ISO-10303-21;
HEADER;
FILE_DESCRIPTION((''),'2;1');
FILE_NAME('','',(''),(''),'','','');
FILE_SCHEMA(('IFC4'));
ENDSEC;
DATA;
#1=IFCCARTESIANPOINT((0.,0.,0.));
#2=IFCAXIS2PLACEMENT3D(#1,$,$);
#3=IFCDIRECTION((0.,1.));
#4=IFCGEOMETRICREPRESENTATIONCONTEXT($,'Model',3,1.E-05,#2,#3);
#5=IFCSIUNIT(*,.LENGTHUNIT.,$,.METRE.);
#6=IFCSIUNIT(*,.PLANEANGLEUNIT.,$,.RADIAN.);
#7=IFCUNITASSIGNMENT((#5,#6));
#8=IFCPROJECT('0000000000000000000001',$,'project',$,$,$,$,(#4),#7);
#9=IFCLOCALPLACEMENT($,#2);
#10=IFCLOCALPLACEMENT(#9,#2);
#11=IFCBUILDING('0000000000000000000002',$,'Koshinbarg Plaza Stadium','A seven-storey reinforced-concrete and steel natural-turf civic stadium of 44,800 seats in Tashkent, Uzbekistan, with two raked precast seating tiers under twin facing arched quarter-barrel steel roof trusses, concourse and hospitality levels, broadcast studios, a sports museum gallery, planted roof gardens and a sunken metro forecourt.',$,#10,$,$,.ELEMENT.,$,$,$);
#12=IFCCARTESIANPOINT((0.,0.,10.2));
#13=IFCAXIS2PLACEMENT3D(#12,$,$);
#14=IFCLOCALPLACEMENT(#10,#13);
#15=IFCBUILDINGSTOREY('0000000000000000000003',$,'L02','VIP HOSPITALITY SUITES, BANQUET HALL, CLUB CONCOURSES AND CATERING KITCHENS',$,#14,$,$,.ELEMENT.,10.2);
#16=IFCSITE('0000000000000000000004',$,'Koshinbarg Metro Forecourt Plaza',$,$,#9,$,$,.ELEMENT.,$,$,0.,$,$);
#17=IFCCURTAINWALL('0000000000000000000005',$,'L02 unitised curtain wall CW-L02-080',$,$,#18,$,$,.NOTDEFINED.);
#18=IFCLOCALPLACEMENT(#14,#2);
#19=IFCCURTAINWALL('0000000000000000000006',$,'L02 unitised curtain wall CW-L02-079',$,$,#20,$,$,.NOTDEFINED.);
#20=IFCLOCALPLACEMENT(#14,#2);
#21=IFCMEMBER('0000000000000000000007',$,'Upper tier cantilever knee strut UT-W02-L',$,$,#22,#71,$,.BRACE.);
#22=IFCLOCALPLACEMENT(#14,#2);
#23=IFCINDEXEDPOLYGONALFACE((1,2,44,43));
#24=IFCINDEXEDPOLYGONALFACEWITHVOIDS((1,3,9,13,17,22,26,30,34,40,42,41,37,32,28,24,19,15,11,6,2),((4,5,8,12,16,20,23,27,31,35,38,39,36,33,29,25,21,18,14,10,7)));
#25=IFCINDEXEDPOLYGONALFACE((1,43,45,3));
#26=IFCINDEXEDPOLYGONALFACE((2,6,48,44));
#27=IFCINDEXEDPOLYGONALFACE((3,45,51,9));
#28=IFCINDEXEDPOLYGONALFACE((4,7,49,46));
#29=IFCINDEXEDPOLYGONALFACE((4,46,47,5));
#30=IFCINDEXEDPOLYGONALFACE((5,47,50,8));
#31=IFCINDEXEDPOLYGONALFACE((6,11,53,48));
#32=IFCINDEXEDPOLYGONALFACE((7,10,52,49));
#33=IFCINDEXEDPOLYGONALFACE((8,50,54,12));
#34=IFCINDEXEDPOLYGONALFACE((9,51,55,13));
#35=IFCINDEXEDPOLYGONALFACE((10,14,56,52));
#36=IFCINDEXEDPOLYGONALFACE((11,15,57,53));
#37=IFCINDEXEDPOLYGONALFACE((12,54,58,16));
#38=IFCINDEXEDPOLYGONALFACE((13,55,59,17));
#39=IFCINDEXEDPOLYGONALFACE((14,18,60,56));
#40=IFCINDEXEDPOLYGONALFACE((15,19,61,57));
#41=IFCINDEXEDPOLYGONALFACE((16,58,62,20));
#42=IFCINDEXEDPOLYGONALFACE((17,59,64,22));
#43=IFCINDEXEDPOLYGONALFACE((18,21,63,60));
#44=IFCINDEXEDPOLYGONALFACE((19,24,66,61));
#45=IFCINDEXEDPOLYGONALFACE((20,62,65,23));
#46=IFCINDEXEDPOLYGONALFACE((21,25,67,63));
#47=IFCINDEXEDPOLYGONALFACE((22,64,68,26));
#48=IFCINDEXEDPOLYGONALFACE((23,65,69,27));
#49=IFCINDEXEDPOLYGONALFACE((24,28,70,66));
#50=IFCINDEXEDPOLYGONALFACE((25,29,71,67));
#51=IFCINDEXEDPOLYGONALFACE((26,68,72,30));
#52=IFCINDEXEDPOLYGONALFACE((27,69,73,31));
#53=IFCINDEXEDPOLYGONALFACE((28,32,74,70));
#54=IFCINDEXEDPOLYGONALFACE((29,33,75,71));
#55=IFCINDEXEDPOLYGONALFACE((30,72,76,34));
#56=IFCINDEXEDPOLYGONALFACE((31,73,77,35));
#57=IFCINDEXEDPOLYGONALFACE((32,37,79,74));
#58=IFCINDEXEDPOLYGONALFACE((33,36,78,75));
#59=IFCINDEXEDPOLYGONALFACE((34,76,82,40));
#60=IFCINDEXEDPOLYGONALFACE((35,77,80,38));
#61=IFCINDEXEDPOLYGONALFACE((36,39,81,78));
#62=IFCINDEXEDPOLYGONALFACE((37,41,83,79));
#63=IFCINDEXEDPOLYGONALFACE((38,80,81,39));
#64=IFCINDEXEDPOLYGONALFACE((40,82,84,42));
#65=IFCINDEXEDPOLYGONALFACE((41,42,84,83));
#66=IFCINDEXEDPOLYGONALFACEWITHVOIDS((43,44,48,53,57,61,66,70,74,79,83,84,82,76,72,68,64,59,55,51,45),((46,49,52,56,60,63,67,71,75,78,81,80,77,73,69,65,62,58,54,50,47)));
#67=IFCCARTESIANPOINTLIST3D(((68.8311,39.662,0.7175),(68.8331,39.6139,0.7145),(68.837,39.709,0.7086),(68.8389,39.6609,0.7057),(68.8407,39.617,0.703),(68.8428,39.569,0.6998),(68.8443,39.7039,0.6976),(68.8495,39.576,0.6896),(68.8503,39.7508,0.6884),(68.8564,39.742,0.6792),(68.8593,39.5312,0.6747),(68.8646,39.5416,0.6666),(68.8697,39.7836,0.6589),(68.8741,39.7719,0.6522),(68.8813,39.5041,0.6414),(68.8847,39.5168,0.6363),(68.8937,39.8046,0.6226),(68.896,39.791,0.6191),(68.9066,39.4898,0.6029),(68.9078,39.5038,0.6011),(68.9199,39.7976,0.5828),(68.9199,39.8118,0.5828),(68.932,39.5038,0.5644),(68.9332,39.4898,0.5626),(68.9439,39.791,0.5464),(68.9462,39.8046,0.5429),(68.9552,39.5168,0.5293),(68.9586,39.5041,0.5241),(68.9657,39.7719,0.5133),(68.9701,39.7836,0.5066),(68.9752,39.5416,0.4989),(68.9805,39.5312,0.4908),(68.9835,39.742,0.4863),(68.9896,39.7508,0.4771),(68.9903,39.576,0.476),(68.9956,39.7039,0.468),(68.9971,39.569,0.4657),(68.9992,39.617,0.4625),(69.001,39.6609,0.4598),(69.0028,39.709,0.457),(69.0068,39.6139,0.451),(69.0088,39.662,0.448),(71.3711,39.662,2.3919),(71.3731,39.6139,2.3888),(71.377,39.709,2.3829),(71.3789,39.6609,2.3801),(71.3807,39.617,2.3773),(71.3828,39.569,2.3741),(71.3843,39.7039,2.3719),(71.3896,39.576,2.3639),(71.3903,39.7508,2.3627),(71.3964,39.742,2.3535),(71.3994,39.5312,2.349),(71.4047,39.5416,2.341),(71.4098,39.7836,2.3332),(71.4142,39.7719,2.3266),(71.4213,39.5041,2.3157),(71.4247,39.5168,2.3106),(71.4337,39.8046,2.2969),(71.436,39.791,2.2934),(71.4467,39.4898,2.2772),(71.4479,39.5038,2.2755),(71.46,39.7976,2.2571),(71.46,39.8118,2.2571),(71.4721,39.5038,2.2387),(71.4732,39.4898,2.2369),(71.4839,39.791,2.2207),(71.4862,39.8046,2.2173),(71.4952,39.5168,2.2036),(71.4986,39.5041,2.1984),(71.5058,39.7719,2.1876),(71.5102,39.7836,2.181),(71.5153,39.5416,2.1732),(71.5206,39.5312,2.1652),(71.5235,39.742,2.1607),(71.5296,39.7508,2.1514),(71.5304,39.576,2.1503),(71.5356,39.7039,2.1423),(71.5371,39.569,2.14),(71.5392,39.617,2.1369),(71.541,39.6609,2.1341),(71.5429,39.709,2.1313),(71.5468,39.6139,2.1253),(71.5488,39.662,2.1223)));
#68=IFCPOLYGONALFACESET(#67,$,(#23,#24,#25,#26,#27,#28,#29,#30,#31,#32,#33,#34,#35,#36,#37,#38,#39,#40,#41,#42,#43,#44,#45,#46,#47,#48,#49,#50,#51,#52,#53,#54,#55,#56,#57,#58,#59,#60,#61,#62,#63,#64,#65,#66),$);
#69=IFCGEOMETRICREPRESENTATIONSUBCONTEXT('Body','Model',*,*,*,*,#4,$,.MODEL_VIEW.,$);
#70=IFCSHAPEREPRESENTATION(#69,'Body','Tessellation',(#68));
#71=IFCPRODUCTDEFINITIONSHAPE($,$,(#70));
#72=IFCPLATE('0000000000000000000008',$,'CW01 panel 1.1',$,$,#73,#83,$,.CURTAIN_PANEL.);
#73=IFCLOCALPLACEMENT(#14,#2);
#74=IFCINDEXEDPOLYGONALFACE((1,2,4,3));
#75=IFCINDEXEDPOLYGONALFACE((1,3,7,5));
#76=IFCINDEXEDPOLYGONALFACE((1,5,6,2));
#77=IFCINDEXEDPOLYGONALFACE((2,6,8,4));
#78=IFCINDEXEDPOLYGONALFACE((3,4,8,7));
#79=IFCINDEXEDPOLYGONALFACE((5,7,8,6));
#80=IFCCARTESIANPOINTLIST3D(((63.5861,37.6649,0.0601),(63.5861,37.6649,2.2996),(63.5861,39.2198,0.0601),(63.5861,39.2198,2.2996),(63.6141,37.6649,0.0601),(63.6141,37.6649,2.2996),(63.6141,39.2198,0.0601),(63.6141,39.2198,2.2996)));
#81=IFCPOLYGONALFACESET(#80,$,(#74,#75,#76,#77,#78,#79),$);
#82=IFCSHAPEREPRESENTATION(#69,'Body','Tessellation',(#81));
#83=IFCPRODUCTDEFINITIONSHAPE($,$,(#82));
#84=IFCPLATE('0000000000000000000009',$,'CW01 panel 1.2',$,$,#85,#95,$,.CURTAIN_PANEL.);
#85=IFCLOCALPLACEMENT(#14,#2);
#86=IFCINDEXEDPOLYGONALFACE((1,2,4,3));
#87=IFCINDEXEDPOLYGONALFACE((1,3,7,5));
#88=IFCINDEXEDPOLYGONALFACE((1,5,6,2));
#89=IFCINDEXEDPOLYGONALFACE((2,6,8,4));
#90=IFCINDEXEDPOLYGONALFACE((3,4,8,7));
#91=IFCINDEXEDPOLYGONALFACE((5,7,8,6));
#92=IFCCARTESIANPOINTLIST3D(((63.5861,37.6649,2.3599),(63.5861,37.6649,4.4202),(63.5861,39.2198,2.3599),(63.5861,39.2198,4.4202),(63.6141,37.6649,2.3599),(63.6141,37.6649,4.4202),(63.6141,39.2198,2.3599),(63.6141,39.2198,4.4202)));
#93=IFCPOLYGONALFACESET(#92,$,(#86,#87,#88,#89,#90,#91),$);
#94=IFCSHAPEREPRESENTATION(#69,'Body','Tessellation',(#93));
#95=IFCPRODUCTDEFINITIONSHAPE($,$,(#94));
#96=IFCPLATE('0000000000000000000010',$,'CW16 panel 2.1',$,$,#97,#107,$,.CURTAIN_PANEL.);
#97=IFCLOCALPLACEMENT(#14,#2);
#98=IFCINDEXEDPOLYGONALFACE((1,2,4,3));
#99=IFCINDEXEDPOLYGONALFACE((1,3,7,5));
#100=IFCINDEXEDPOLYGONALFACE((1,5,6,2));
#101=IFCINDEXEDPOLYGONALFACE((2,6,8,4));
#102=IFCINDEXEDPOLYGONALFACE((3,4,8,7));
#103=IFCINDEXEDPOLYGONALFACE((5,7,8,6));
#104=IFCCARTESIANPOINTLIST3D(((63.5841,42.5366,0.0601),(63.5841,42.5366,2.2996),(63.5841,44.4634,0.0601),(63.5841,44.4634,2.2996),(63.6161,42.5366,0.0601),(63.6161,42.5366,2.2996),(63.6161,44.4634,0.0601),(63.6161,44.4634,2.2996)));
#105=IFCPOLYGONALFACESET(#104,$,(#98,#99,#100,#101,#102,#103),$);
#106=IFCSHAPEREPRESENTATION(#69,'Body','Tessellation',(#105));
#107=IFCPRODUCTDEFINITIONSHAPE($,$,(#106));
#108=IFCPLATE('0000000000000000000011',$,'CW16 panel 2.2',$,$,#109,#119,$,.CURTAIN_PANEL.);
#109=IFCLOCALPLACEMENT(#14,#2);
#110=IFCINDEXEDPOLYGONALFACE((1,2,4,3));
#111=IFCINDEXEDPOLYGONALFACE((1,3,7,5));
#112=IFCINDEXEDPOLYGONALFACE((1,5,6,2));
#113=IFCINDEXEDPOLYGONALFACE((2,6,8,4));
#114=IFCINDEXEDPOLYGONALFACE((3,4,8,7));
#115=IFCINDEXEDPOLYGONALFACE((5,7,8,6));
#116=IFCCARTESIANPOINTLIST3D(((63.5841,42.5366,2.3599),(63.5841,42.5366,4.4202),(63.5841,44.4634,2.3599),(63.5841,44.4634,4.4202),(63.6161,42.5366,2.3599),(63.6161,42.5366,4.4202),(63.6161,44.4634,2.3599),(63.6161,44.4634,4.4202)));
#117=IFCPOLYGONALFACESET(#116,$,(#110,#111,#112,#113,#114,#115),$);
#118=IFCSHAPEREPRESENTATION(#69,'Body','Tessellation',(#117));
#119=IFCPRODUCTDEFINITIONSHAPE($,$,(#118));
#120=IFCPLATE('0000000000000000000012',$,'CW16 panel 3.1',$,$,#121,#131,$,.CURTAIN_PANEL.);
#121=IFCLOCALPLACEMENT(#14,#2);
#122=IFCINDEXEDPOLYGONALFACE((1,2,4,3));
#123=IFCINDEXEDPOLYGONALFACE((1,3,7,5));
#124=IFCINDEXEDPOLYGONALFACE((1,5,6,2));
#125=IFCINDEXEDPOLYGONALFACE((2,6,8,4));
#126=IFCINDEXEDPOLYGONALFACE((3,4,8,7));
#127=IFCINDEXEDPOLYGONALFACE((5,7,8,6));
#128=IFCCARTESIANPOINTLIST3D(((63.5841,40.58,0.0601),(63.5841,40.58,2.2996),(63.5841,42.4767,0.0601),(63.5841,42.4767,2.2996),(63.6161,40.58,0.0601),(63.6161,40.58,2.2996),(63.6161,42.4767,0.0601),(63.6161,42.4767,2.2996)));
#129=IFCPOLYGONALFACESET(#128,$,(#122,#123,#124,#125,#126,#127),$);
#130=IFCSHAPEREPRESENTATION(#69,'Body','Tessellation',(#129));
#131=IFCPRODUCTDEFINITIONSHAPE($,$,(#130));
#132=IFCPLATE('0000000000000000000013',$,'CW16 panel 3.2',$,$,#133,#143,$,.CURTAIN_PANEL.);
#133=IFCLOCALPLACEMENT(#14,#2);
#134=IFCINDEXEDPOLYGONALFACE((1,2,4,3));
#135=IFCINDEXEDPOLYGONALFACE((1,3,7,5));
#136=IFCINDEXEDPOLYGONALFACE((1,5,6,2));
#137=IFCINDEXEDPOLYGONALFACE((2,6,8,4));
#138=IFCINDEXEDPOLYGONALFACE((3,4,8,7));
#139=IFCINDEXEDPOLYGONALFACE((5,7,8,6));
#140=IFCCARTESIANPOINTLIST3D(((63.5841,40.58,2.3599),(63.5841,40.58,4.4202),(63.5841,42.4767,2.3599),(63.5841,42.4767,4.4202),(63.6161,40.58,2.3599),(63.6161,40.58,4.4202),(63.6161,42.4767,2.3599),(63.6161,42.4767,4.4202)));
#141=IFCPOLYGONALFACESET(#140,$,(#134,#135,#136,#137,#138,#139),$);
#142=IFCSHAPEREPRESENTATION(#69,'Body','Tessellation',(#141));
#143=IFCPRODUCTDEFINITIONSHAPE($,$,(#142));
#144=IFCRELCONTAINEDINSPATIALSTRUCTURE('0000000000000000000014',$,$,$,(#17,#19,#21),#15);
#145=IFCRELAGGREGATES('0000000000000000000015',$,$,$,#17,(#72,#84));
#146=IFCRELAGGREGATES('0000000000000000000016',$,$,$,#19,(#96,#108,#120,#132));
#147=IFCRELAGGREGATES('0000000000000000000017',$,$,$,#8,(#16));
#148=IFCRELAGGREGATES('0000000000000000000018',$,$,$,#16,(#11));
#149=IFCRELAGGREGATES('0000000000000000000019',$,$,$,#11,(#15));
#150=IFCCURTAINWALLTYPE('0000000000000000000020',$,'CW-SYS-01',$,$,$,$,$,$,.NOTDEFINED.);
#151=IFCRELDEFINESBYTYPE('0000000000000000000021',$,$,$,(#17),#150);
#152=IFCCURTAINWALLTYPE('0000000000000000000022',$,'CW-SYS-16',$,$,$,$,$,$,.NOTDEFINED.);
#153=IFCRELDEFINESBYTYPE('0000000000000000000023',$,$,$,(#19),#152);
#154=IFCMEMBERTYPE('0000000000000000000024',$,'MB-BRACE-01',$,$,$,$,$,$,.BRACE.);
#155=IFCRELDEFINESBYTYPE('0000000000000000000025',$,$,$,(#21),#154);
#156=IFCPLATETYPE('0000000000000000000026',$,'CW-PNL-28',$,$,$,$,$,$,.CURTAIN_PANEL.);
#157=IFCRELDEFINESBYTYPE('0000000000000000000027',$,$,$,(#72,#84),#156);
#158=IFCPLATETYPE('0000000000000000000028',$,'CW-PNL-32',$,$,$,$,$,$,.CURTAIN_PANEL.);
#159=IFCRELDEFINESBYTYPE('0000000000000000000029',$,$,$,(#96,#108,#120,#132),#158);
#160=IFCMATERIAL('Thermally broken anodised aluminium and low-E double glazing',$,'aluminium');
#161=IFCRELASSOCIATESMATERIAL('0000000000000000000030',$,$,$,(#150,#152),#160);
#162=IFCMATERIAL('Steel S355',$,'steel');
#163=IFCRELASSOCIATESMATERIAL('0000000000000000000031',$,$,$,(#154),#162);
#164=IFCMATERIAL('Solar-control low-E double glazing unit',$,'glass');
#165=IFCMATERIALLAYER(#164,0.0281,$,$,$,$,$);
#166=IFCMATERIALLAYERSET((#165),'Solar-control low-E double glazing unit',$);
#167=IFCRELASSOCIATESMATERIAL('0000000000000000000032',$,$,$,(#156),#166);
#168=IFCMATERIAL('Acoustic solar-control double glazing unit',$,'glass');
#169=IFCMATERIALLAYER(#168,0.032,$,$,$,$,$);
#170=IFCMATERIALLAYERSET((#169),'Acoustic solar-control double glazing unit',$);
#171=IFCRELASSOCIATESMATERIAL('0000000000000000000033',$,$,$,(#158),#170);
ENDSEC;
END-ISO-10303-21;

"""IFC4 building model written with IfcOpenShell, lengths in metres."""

from ifc_helpers import new_model, si_unit, direction, frame, origin, origin_2d, place, context, subcontext, project, spatial, rectangle, hollow_circle, extrude, material, layer, layer_set, material_profile, profile_set, type_object, element, aggregate, save


model = new_model("IFC4")

# Units and contexts
model_context = context("Model", 3, precision=1e-05, world=origin(), true_north=direction((0.0, 1.0)))
body_context = subcontext(model_context, "Body", "Model", "MODEL_VIEW")
ifc_project = project(units=[si_unit("LENGTHUNIT", "METRE"), si_unit("PLANEANGLEUNIT", "RADIAN")], contexts=[model_context])

# Site, building, storey
site_placement = place(None, origin())
site = spatial("IfcSite", under=ifc_project, at=site_placement, Name="Koshinbarg Metro Forecourt Plaza", CompositionType="ELEMENT", RefElevation=0.0)
building_placement = place(site_placement, origin())
building = spatial("IfcBuilding", under=site, at=building_placement, Name="Koshinbarg Plaza Stadium", Description="A seven-storey reinforced-concrete and steel natural-turf civic stadium of 44,800 seats in Tashkent, Uzbekistan, with two raked precast seating tiers under twin facing arched quarter-barrel steel roof trusses, concourse and hospitality levels, broadcast studios, a sports museum gallery, planted roof gardens and a sunken metro forecourt.", CompositionType="ELEMENT")
storey_placement = place(building_placement, frame((0.0, 0.0, 10.2)))
storey = spatial("IfcBuildingStorey", under=building, at=storey_placement, Name="L02", Description="VIP HOSPITALITY SUITES, BANQUET HALL, CLUB CONCOURSES AND CATERING KITCHENS", CompositionType="ELEMENT", Elevation=10.2)

# Curtain walls
ifc_material_1 = material(Name="Thermally broken anodised aluminium and low-E double glazing", Category="aluminium")
curtain_wall_type_1 = type_object("IfcCurtainWallType", Name="CW-SYS-01", PredefinedType="NOTDEFINED", material=ifc_material_1)
curtain_wall_1_placement = place(storey_placement, origin())
curtain_wall_1 = element("IfcCurtainWall", 1, at=curtain_wall_1_placement, inside=storey, type_object=curtain_wall_type_1, Name="L02 unitised curtain wall CW-L02-080", PredefinedType="NOTDEFINED")
curtain_wall_type_2 = type_object("IfcCurtainWallType", Name="CW-SYS-16", PredefinedType="NOTDEFINED", material=ifc_material_1)
curtain_wall_2_placement = place(storey_placement, origin())
curtain_wall_2 = element("IfcCurtainWall", 2, at=curtain_wall_2_placement, inside=storey, type_object=curtain_wall_type_2, Name="L02 unitised curtain wall CW-L02-079", PredefinedType="NOTDEFINED")

# Member
ifc_material_2 = material(Name="Steel S355", Category="steel")
ifc_material_profile_1 = material_profile(ifc_material_2, hollow_circle(Radius=0.1619, WallThickness=0.0142, at=origin_2d()), Name="CHS 323.9x14.2")
ifc_profile_set_1 = profile_set([ifc_material_profile_1], Name="Steel S355")
member_type_1 = type_object("IfcMemberType", Name="MB-BRACE-01", PredefinedType="BRACE", material=ifc_profile_set_1)
member_1_placement = place(storey_placement, frame((68.9199, 39.6499, 0.5828), z_axis=(0.834928, 0.0, 0.550359), x_axis=(0.0, 1.0, 0.0)))
element("IfcMember", 3, at=member_1_placement, inside=storey, type_object=member_type_1, Name="Upper tier cantilever knee strut UT-W02-L", PredefinedType="BRACE", context=body_context, shape_type="SweptSolid", body=[
    extrude(hollow_circle(Radius=0.1619, WallThickness=0.0142, at=origin_2d()), origin(), (0.0, 0.0, 1.0), 3.0422),
])

# Plates
ifc_material_3 = material(Name="Solar-control low-E double glazing unit", Category="glass")
ifc_layer_1 = layer(ifc_material_3, 0.0281)
ifc_layer_set_1 = layer_set([ifc_layer_1], Name="Solar-control low-E double glazing unit")
plate_type_1 = type_object("IfcPlateType", Name="CW-PNL-28", PredefinedType="CURTAIN_PANEL", material=ifc_layer_set_1)
plate_1_placement = place(storey_placement, frame((63.6001, 38.4424, 0.0601), z_axis=(0.0, 0.0, 1.0), x_axis=(0.0, -1.0, 0.0)))
plate_1 = element("IfcPlate", 4, at=plate_1_placement, type_object=plate_type_1, Name="CW01 panel 1.1", PredefinedType="CURTAIN_PANEL", context=body_context, shape_type="SweptSolid", body=[
    extrude(rectangle(XDim=1.5549, YDim=0.0281, at=origin_2d()), origin(), (0.0, 0.0, 1.0), 2.2395),
])
plate_2_placement = place(storey_placement, frame((63.6001, 38.4424, 2.3599), z_axis=(0.0, 0.0, 1.0), x_axis=(0.0, -1.0, 0.0)))
plate_2 = element("IfcPlate", 5, at=plate_2_placement, type_object=plate_type_1, Name="CW01 panel 1.2", PredefinedType="CURTAIN_PANEL", context=body_context, shape_type="SweptSolid", body=[
    extrude(rectangle(XDim=1.5549, YDim=0.0281, at=origin_2d()), origin(), (0.0, 0.0, 1.0), 2.0603),
])
aggregate(curtain_wall_1, [plate_1, plate_2])
ifc_material_4 = material(Name="Acoustic solar-control double glazing unit", Category="glass")
ifc_layer_2 = layer(ifc_material_4, 0.032)
ifc_layer_set_2 = layer_set([ifc_layer_2], Name="Acoustic solar-control double glazing unit")
plate_type_2 = type_object("IfcPlateType", Name="CW-PNL-32", PredefinedType="CURTAIN_PANEL", material=ifc_layer_set_2)
plate_3_placement = place(storey_placement, frame((63.6001, 43.5, 0.0601), z_axis=(0.0, 0.0, 1.0), x_axis=(0.0, -1.0, 0.0)))
plate_3 = element("IfcPlate", 6, at=plate_3_placement, type_object=plate_type_2, Name="CW16 panel 2.1", PredefinedType="CURTAIN_PANEL", context=body_context, shape_type="SweptSolid", body=[
    extrude(rectangle(XDim=1.9268, YDim=0.032, at=origin_2d()), origin(), (0.0, 0.0, 1.0), 2.2395),
])
plate_4_placement = place(storey_placement, frame((63.6001, 43.5, 2.3599), z_axis=(0.0, 0.0, 1.0), x_axis=(0.0, -1.0, 0.0)))
plate_4 = element("IfcPlate", 7, at=plate_4_placement, type_object=plate_type_2, Name="CW16 panel 2.2", PredefinedType="CURTAIN_PANEL", context=body_context, shape_type="SweptSolid", body=[
    extrude(rectangle(XDim=1.9268, YDim=0.032, at=origin_2d()), origin(), (0.0, 0.0, 1.0), 2.0603),
])
plate_5_placement = place(storey_placement, frame((63.6001, 41.5283, 0.0601), z_axis=(0.0, 0.0, 1.0), x_axis=(0.0, -1.0, 0.0)))
plate_5 = element("IfcPlate", 8, at=plate_5_placement, type_object=plate_type_2, Name="CW16 panel 3.1", PredefinedType="CURTAIN_PANEL", context=body_context, shape_type="SweptSolid", body=[
    extrude(rectangle(XDim=1.8967, YDim=0.032, at=origin_2d()), origin(), (0.0, 0.0, 1.0), 2.2395),
])
plate_6_placement = place(storey_placement, frame((63.6001, 41.5283, 2.3599), z_axis=(0.0, 0.0, 1.0), x_axis=(0.0, -1.0, 0.0)))
plate_6 = element("IfcPlate", 9, at=plate_6_placement, type_object=plate_type_2, Name="CW16 panel 3.2", PredefinedType="CURTAIN_PANEL", context=body_context, shape_type="SweptSolid", body=[
    extrude(rectangle(XDim=1.8967, YDim=0.032, at=origin_2d()), origin(), (0.0, 0.0, 1.0), 2.0603),
])
aggregate(curtain_wall_2, [plate_3, plate_4, plate_5, plate_6])

save(model, "model.ifc")
